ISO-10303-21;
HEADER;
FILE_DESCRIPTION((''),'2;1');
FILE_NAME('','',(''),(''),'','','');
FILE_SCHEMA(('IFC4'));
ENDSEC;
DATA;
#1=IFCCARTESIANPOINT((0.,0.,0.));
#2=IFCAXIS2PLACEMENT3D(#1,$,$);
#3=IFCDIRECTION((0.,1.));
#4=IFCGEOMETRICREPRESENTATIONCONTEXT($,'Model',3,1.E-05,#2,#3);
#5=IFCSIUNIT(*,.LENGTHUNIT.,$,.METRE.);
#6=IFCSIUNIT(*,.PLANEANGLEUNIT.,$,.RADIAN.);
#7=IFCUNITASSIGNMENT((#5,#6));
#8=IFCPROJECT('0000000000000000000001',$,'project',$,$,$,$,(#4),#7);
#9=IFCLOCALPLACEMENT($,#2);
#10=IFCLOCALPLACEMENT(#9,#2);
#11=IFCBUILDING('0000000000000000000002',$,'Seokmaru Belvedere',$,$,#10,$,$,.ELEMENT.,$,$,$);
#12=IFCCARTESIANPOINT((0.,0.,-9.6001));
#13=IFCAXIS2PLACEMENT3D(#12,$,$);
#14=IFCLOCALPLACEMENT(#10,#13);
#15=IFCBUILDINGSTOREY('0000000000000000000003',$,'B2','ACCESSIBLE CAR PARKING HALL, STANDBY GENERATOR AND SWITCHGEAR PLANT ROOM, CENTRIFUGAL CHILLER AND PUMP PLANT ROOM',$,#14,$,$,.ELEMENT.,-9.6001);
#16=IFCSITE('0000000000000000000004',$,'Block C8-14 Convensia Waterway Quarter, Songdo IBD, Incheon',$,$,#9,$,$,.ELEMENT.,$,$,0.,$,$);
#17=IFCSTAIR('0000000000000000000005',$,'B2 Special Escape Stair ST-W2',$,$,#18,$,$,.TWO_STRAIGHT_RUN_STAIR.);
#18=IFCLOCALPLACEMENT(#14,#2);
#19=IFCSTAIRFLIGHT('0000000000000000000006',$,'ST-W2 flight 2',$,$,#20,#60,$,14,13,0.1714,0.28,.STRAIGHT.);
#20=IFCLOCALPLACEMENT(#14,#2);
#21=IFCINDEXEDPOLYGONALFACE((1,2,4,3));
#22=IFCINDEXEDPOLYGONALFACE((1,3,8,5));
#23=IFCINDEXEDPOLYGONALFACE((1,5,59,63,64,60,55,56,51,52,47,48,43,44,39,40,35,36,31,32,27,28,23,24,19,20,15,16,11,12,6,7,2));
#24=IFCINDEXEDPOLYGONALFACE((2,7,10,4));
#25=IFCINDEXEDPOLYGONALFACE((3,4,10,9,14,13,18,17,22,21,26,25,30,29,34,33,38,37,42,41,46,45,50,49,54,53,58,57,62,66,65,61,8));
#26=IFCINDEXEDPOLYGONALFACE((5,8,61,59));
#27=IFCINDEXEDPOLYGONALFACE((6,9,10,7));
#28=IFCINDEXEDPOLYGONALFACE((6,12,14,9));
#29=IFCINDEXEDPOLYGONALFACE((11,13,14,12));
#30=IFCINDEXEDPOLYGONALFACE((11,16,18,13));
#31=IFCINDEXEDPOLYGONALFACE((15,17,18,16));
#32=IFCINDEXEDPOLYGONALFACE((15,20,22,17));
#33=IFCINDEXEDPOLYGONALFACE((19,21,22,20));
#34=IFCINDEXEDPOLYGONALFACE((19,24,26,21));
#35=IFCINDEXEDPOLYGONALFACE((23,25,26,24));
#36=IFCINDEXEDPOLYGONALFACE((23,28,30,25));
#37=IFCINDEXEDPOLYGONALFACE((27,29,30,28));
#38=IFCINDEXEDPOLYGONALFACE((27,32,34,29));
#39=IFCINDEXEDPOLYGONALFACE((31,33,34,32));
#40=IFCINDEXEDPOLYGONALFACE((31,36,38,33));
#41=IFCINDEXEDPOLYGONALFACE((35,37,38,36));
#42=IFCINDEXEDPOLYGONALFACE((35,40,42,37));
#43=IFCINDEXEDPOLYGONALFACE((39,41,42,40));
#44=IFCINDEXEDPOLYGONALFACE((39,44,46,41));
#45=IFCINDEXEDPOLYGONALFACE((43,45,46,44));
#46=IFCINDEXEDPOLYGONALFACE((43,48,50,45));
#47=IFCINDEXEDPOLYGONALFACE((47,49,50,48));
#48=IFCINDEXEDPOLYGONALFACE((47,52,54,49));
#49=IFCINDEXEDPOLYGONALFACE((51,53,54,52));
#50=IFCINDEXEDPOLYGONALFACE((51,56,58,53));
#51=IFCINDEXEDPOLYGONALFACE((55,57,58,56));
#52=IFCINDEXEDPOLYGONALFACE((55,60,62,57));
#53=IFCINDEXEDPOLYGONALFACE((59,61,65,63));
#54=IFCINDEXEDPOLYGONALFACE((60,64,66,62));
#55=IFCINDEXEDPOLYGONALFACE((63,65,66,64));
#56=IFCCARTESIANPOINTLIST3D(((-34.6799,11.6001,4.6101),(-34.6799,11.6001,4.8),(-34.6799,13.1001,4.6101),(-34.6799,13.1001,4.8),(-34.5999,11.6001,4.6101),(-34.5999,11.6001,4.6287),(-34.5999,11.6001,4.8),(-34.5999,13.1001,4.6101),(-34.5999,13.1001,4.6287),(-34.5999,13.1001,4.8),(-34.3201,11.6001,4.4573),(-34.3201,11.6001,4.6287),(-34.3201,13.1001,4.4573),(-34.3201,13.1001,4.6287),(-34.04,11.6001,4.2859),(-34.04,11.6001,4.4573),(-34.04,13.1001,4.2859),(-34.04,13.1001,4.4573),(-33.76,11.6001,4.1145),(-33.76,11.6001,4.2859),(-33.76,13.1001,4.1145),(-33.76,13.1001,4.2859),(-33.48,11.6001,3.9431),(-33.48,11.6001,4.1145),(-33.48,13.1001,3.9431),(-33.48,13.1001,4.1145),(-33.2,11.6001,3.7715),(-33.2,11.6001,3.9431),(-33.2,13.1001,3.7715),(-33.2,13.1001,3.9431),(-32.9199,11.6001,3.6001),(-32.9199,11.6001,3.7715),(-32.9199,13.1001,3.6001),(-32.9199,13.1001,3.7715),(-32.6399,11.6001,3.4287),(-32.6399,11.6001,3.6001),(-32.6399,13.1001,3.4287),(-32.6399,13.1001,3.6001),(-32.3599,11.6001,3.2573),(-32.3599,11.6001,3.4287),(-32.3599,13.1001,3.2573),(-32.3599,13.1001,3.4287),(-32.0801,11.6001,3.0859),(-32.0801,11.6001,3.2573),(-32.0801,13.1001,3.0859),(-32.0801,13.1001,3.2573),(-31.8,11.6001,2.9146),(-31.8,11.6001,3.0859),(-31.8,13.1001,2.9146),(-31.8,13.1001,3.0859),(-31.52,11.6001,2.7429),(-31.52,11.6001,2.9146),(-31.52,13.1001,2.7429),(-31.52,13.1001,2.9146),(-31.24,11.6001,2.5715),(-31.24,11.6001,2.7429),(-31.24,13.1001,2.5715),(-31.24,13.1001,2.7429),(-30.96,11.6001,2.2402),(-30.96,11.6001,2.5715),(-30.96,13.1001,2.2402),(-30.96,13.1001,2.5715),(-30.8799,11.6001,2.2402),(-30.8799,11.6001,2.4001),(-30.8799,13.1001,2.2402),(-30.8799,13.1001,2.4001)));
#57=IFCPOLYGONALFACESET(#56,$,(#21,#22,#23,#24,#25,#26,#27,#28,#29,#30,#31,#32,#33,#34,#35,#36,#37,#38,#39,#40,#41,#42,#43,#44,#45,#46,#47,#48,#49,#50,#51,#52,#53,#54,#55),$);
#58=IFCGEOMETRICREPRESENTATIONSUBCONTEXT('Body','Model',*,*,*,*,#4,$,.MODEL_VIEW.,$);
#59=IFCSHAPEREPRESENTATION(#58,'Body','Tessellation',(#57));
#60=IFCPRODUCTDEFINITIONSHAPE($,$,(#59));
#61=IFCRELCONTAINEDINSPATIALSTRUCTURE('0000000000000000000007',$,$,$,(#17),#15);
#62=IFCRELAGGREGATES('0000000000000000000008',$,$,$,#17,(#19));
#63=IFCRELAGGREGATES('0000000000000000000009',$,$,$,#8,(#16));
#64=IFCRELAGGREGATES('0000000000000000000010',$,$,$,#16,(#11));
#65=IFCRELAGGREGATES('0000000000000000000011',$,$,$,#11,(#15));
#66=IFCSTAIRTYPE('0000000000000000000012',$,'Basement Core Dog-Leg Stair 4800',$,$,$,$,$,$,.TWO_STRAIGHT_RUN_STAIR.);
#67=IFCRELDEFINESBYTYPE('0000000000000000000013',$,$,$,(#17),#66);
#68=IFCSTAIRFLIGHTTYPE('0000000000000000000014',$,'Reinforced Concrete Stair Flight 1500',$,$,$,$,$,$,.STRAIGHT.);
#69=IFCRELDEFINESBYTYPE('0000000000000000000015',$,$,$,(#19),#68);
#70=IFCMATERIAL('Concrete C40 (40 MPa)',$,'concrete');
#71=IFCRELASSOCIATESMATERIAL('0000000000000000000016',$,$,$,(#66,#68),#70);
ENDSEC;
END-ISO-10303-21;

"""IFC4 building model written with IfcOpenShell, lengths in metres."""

from ifc_helpers import new_model, si_unit, direction, frame, origin, place, context, subcontext, project, spatial, polyline, outline, extrude, material, type_object, element, aggregate, save


model = new_model("IFC4")

# Units and contexts
model_context = context("Model", 3, precision=1e-05, world=origin(), true_north=direction((0.0, 1.0)))
body_context = subcontext(model_context, "Body", "Model", "MODEL_VIEW")
ifc_project = project(units=[si_unit("LENGTHUNIT", "METRE"), si_unit("PLANEANGLEUNIT", "RADIAN")], contexts=[model_context])

# Site, building, storey
site_placement = place(None, origin())
site = spatial("IfcSite", under=ifc_project, at=site_placement, Name="Block C8-14 Convensia Waterway Quarter, Songdo IBD, Incheon", CompositionType="ELEMENT", RefElevation=0.0)
building_placement = place(site_placement, origin())
building = spatial("IfcBuilding", under=site, at=building_placement, Name="Seokmaru Belvedere", CompositionType="ELEMENT")
storey_placement = place(building_placement, frame((0.0, 0.0, -9.6001)))
storey = spatial("IfcBuildingStorey", under=building, at=storey_placement, Name="B2", Description="ACCESSIBLE CAR PARKING HALL, STANDBY GENERATOR AND SWITCHGEAR PLANT ROOM, CENTRIFUGAL CHILLER AND PUMP PLANT ROOM", CompositionType="ELEMENT", Elevation=-9.6001)

# Shared definitions
ifc_material_1 = material(Name="Concrete C40 (40 MPa)", Category="concrete")

# Stair, stair flight
stair_type = type_object("IfcStairType", Name="Basement Core Dog-Leg Stair 4800", PredefinedType="TWO_STRAIGHT_RUN_STAIR", material=ifc_material_1)
stair_placement = place(storey_placement, origin())
stair = element("IfcStair", 1, at=stair_placement, inside=storey, type_object=stair_type, Name="B2 Special Escape Stair ST-W2", PredefinedType="TWO_STRAIGHT_RUN_STAIR")
stair_flight_type = type_object("IfcStairFlightType", Name="Reinforced Concrete Stair Flight 1500", PredefinedType="STRAIGHT", material=ifc_material_1)
stair_flight_1_placement = place(storey_placement, frame((-30.96, 12.3501, 2.4001), z_axis=(0.0, 0.0, 1.0), x_axis=(-1.0, 0.0, 0.0)))
stair_flight_1 = element("IfcStairFlight", 2, at=stair_flight_1_placement, type_object=stair_flight_type, Name="ST-W2 flight 2", NumberOfRisers=14, NumberOfTreads=13, PredefinedType="STRAIGHT", RiserHeight=0.1714, TreadLength=0.28, context=body_context, shape_type="SweptSolid", body=[
    extrude(outline(polyline([(-0.0801, 0.0), (0.0, 0.1714), (0.28, 0.1714), (0.28, 0.3428), (0.5601, 0.3428), (0.5601, 0.5144), (0.8401, 0.5144), (0.8401, 0.6858), (1.1201, 0.6858), (1.1201, 0.8572), (1.3999, 0.8572), (1.3999, 1.0286), (1.6799, 1.0286), (1.6799, 1.2), (1.96, 1.2), (1.96, 1.3713), (2.24, 1.3713), (2.24, 1.543), (2.52, 1.543), (2.52, 1.7144), (2.8, 1.7144), (2.8, 1.8857), (3.0801, 1.8857), (3.0801, 2.0571), (3.3601, 2.0571), (3.3601, 2.2285), (3.6399, 2.2285), (3.6399, 2.3999), (3.72, 2.3999), (3.72, 2.21), (3.6399, 2.21), (0.0, -0.1599), (-0.0801, -0.1599), (-0.0801, 0.0)])), frame((0.0, 0.75, 0.0), z_axis=(0.0, -1.0, 0.0), x_axis=(1.0, 0.0, 0.0)), (0.0, 0.0, 1.0), 1.5),
])
aggregate(stair, [stair_flight_1])

save(model, "model.ifc")
